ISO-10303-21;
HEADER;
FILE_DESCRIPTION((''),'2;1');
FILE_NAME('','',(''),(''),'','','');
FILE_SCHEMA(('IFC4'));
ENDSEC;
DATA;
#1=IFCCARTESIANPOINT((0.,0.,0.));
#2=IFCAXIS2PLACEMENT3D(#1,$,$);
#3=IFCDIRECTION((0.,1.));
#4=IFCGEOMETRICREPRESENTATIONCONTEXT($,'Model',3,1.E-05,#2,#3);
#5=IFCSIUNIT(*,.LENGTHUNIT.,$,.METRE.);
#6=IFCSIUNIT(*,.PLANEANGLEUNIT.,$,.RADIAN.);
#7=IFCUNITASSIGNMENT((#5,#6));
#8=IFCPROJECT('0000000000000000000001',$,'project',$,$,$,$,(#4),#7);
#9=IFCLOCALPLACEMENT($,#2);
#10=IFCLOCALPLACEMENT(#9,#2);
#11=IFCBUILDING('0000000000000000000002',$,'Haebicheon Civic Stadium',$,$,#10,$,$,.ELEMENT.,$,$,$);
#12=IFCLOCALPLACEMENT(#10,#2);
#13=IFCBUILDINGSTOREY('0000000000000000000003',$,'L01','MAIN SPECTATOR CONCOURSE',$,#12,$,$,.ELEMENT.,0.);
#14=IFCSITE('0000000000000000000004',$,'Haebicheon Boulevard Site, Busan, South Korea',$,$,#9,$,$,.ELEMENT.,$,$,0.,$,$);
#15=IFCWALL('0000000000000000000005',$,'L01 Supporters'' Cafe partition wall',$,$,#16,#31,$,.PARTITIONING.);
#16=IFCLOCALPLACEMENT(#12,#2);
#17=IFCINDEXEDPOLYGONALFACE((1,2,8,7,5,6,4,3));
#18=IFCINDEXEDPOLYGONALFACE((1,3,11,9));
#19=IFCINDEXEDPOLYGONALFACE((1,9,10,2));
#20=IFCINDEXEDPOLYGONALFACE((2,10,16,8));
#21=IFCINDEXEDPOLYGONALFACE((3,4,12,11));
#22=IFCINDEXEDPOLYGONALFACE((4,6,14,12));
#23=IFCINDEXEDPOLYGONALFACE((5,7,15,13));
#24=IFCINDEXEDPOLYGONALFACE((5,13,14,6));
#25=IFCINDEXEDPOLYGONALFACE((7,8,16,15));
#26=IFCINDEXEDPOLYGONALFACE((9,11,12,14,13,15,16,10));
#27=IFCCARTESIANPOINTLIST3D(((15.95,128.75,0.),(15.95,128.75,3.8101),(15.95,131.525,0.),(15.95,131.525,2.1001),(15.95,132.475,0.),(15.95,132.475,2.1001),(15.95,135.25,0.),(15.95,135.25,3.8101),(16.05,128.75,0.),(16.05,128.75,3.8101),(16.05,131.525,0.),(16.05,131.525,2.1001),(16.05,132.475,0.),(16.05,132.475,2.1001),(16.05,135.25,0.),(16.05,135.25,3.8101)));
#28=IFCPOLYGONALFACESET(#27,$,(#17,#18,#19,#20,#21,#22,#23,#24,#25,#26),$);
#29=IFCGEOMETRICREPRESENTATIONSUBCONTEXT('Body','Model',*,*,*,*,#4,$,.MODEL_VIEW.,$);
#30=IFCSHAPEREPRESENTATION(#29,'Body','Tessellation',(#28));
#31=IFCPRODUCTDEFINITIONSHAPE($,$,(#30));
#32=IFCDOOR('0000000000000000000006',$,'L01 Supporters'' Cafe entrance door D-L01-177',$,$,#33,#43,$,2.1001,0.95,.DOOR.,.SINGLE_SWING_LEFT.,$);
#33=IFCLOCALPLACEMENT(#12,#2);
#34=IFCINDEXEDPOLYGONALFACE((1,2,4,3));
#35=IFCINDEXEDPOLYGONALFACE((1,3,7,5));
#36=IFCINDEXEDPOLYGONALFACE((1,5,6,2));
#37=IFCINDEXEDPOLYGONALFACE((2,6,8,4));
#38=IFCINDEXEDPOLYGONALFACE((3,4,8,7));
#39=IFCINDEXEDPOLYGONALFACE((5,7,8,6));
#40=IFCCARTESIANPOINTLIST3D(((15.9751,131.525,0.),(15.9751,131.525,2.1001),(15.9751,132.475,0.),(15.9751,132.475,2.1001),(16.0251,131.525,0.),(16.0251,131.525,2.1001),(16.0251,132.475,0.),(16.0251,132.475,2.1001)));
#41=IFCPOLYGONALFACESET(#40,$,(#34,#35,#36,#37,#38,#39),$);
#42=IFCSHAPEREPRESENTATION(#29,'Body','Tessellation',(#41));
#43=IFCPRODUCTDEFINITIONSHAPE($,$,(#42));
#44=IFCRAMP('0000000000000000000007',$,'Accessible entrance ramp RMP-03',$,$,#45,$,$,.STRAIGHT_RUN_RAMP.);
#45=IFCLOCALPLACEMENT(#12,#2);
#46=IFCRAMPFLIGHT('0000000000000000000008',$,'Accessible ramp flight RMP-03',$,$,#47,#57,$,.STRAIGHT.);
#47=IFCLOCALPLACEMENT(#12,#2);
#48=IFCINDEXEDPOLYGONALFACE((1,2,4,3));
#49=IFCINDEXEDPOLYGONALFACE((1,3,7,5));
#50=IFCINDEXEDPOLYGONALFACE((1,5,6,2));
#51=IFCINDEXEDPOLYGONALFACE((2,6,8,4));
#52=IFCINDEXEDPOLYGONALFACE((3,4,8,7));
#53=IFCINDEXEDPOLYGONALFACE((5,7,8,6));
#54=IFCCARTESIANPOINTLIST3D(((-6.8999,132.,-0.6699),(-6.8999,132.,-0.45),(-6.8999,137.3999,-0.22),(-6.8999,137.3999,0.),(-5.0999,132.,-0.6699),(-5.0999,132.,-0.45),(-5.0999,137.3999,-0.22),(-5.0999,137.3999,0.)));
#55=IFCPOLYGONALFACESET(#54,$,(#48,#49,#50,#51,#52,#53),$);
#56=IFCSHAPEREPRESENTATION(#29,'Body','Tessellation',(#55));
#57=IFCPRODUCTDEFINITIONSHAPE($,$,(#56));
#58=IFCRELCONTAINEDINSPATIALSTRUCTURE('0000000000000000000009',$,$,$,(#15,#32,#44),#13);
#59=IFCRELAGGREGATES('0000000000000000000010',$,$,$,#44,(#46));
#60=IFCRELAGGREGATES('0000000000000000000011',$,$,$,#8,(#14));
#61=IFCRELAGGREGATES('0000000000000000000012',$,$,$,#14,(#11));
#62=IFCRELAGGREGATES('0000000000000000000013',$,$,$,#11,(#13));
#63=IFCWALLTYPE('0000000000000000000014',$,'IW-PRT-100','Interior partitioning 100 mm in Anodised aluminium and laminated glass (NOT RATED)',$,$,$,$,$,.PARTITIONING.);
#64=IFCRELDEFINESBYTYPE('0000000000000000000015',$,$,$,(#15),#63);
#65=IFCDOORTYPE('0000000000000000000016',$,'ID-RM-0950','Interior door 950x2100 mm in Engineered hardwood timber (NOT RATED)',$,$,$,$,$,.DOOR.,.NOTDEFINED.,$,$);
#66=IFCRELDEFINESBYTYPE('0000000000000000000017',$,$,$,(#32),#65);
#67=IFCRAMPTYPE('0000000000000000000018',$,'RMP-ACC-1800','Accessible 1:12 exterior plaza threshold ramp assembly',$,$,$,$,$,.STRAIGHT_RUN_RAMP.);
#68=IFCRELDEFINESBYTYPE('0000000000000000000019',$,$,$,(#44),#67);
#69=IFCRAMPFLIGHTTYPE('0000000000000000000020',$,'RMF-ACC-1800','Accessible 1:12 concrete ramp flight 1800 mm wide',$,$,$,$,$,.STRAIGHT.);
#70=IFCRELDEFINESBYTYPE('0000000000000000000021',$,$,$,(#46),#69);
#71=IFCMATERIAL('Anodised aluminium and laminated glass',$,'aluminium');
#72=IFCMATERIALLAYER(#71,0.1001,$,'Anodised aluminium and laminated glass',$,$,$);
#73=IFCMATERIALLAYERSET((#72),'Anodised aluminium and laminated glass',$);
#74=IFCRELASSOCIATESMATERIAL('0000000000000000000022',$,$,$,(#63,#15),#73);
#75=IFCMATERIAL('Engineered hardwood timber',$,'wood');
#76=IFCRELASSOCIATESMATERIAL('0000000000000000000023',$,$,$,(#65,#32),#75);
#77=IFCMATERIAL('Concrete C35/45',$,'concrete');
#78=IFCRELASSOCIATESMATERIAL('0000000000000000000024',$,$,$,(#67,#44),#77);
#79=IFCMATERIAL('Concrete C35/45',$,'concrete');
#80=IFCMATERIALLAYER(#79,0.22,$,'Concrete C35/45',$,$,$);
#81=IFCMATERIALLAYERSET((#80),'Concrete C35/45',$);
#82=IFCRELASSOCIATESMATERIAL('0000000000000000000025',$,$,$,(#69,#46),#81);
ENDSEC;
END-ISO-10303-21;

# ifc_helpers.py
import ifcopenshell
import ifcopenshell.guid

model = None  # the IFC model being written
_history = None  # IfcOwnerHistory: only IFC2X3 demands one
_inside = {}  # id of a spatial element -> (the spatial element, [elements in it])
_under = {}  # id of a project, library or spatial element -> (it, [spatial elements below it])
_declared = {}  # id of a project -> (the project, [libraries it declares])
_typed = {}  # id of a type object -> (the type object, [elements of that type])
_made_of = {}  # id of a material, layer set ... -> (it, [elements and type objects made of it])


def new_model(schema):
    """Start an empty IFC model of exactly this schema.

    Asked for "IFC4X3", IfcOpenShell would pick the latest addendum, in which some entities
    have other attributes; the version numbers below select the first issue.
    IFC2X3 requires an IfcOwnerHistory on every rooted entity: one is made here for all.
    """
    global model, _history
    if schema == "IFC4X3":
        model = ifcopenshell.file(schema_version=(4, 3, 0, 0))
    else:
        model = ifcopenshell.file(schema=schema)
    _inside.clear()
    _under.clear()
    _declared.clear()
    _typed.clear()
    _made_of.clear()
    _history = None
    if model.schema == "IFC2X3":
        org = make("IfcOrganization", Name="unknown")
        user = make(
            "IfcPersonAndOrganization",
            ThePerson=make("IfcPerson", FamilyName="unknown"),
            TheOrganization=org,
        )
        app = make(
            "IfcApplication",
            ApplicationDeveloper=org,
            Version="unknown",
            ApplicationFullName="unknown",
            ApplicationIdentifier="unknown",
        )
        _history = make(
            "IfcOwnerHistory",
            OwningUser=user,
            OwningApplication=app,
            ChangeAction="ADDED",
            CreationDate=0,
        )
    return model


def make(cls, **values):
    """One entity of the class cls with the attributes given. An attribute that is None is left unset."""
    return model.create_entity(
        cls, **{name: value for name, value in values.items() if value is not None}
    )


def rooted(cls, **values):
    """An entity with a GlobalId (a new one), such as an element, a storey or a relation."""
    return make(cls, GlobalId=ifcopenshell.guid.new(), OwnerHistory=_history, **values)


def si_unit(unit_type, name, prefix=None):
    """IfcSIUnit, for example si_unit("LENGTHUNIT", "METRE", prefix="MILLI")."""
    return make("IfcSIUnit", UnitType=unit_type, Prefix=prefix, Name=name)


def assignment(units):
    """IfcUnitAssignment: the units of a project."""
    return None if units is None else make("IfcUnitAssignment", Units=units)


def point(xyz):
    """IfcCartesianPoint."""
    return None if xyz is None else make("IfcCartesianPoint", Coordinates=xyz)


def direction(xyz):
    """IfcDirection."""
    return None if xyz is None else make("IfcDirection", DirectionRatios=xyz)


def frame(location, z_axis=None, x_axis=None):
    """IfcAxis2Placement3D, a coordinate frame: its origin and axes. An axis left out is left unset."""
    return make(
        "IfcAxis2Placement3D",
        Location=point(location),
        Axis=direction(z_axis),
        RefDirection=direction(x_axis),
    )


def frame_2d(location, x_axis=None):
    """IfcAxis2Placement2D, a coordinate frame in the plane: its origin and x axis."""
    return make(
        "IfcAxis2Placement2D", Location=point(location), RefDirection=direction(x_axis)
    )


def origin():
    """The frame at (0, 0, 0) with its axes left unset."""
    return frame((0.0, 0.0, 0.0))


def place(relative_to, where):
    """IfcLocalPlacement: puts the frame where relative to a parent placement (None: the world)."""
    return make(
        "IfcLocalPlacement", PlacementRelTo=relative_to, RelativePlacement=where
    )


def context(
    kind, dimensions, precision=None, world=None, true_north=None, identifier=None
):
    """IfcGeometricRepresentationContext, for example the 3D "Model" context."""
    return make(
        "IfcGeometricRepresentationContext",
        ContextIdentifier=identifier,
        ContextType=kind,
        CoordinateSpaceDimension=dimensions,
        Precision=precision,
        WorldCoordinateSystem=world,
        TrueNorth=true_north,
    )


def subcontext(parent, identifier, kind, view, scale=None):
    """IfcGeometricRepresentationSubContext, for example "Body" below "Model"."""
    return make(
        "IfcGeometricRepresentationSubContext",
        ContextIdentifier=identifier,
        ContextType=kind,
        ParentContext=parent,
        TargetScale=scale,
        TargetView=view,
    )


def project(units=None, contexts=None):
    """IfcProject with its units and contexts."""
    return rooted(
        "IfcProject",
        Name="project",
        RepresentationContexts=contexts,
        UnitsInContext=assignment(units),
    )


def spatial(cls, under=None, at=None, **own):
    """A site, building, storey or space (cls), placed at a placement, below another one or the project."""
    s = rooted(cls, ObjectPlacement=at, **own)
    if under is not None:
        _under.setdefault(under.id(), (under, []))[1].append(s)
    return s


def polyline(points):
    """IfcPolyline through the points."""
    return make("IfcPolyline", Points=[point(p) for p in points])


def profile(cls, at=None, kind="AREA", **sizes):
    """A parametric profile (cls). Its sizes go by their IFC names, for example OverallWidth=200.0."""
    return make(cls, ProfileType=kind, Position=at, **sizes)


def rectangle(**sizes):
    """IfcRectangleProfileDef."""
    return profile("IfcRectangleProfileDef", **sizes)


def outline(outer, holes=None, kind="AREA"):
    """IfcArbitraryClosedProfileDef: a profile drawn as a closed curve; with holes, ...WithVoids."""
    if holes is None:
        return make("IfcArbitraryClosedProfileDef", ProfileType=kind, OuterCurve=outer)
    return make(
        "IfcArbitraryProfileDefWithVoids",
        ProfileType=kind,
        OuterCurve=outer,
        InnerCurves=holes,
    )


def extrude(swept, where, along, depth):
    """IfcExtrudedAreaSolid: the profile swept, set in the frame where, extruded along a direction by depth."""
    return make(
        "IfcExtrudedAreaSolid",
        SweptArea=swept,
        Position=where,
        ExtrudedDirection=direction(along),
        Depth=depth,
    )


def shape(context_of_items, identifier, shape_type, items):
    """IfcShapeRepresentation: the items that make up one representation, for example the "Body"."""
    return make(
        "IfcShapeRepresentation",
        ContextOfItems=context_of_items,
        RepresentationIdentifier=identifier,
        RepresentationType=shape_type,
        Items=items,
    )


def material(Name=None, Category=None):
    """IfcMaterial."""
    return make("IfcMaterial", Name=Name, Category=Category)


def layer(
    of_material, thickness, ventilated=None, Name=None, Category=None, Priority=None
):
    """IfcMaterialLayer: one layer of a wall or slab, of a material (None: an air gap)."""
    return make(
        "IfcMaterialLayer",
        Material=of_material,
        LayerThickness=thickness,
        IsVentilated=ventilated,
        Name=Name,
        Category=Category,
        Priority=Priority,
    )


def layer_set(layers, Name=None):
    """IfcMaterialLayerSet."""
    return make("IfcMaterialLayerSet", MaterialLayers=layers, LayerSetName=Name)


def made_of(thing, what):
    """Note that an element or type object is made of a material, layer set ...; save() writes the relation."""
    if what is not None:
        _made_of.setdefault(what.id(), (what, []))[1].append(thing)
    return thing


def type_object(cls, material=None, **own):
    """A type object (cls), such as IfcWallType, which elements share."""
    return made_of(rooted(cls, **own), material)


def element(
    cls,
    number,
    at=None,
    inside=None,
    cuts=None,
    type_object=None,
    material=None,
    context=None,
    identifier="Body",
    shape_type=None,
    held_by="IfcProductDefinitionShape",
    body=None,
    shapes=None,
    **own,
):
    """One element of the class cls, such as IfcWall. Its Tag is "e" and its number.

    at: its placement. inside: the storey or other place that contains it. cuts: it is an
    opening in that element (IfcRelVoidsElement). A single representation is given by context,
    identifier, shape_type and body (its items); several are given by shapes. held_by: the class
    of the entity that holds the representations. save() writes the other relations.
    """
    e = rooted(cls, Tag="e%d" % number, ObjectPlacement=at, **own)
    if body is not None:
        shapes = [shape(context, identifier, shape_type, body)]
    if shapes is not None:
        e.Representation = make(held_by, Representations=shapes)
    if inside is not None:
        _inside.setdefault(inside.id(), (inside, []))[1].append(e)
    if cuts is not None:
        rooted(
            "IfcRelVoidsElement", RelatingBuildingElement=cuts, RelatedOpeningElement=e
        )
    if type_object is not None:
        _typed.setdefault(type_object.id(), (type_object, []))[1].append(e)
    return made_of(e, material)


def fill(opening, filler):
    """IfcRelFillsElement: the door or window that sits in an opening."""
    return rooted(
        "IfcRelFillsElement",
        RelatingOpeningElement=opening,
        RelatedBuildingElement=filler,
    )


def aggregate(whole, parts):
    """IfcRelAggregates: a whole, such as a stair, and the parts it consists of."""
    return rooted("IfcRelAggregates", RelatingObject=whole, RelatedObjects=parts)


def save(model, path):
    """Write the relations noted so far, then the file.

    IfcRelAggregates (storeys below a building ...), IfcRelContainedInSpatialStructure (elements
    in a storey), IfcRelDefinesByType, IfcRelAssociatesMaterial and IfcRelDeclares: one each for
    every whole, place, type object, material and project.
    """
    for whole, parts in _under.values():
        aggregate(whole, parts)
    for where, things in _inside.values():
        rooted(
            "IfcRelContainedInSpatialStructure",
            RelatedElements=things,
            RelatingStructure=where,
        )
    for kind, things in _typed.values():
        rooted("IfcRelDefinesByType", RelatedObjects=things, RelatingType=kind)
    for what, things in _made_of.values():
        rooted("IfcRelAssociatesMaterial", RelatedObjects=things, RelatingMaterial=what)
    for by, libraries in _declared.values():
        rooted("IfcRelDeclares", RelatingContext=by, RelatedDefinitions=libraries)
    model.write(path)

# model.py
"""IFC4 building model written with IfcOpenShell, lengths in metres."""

from ifc_helpers import new_model, si_unit, direction, frame, frame_2d, origin, place, context, subcontext, project, spatial, polyline, rectangle, outline, extrude, material, layer, layer_set, type_object, element, fill, aggregate, save


model = new_model("IFC4")

# Units and contexts
model_context = context("Model", 3, precision=1e-05, world=origin(), true_north=direction((0.0, 1.0)))
body_context = subcontext(model_context, "Body", "Model", "MODEL_VIEW")
ifc_project = project(units=[si_unit("LENGTHUNIT", "METRE"), si_unit("PLANEANGLEUNIT", "RADIAN")], contexts=[model_context])

# Site, building, storey
site_placement = place(None, origin())
site = spatial("IfcSite", under=ifc_project, at=site_placement, Name="Haebicheon Boulevard Site, Busan, South Korea", CompositionType="ELEMENT", RefElevation=0.0)
building_placement = place(site_placement, origin())
building = spatial("IfcBuilding", under=site, at=building_placement, Name="Haebicheon Civic Stadium", CompositionType="ELEMENT")
storey_placement = place(building_placement, origin())
storey = spatial("IfcBuildingStorey", under=building, at=storey_placement, Name="L01", Description="MAIN SPECTATOR CONCOURSE", CompositionType="ELEMENT", Elevation=0.0)

# Wall, opening, door
ifc_material_1 = material(Name="Anodised aluminium and laminated glass", Category="aluminium")
ifc_layer_1 = layer(ifc_material_1, 0.1001, Name="Anodised aluminium and laminated glass")
ifc_layer_set_1 = layer_set([ifc_layer_1], Name="Anodised aluminium and laminated glass")
wall_type_1 = type_object("IfcWallType", Name="IW-PRT-100", Description="Interior partitioning 100 mm in Anodised aluminium and laminated glass (NOT RATED)", PredefinedType="PARTITIONING", material=ifc_layer_set_1)
wall_1_placement = place(storey_placement, frame((16.0, 128.75, 0.0), z_axis=(0.0, 0.0, 1.0), x_axis=(0.0, 1.0, 0.0)))
wall_1 = element("IfcWall", 1, at=wall_1_placement, inside=storey, type_object=wall_type_1, material=ifc_layer_set_1, Name="L01 Supporters' Cafe partition wall", PredefinedType="PARTITIONING", context=body_context, shape_type="SweptSolid", body=[
    extrude(rectangle(XDim=6.5, YDim=0.1001, at=frame_2d((3.25, 0.0))), origin(), (0.0, 0.0, 1.0), 3.8101),
])
opening_1_placement = place(wall_1_placement, frame((2.7749, 0.0, 0.0)))
opening_1 = element("IfcOpeningElement", 2, at=opening_1_placement, cuts=wall_1, PredefinedType="OPENING", context=body_context, shape_type="SweptSolid", body=[
    extrude(rectangle(XDim=0.95, YDim=2.1001, at=frame_2d((0.4751, 1.05))), frame((0.0, 0.0601, 0.0), z_axis=(0.0, -1.0, 0.0), x_axis=(1.0, 0.0, 0.0)), (0.0, 0.0, 1.0), 0.1201),
])
ifc_material_2 = material(Name="Engineered hardwood timber", Category="wood")
door_type_1 = type_object("IfcDoorType", Name="ID-RM-0950", Description="Interior door 950x2100 mm in Engineered hardwood timber (NOT RATED)", OperationType="NOTDEFINED", PredefinedType="DOOR", material=ifc_material_2)
door_1_placement = place(opening_1_placement, origin())
door_1 = element("IfcDoor", 3, at=door_1_placement, inside=storey, type_object=door_type_1, material=ifc_material_2, Name="L01 Supporters' Cafe entrance door D-L01-177", OperationType="SINGLE_SWING_LEFT", OverallHeight=2.1001, OverallWidth=0.95, PredefinedType="DOOR", context=body_context, shape_type="SweptSolid", body=[
    extrude(rectangle(XDim=0.95, YDim=2.1001, at=frame_2d((0.4751, 1.05))), frame((0.0, 0.0249, 0.0), z_axis=(0.0, -1.0, 0.0), x_axis=(1.0, 0.0, 0.0)), (0.0, 0.0, 1.0), 0.05),
])
fill(opening_1, door_1)

# Ramp, ramp flight
ifc_material_3 = material(Name="Concrete C35/45", Category="concrete")
ramp_type = type_object("IfcRampType", Name="RMP-ACC-1800", Description="Accessible 1:12 exterior plaza threshold ramp assembly", PredefinedType="STRAIGHT_RUN_RAMP", material=ifc_material_3)
ramp_placement = place(storey_placement, origin())
ramp = element("IfcRamp", 4, at=ramp_placement, inside=storey, type_object=ramp_type, material=ifc_material_3, Name="Accessible entrance ramp RMP-03", PredefinedType="STRAIGHT_RUN_RAMP")
ifc_material_4 = material(Name="Concrete C35/45", Category="concrete")
ifc_layer_2 = layer(ifc_material_4, 0.22, Name="Concrete C35/45")
ifc_layer_set_2 = layer_set([ifc_layer_2], Name="Concrete C35/45")
ramp_flight_type = type_object("IfcRampFlightType", Name="RMF-ACC-1800", Description="Accessible 1:12 concrete ramp flight 1800 mm wide", PredefinedType="STRAIGHT", material=ifc_layer_set_2)
ramp_flight_placement = place(storey_placement, frame((-6.0, 132.0, -0.45), z_axis=(0.0, 0.0, 1.0), x_axis=(0.0, 1.0, 0.0)))
ramp_flight = element("IfcRampFlight", 5, at=ramp_flight_placement, type_object=ramp_flight_type, material=ifc_layer_set_2, Name="Accessible ramp flight RMP-03", PredefinedType="STRAIGHT", context=body_context, shape_type="SweptSolid", body=[
    extrude(outline(polyline([(0.0, 0.0), (5.3999, 0.45), (5.3999, 0.23), (0.0, -0.22), (0.0, 0.0)])), frame((0.0, 0.8999, 0.0), z_axis=(0.0, -1.0, 0.0), x_axis=(1.0, 0.0, 0.0)), (0.0, 0.0, 1.0), 1.8),
])
aggregate(ramp, [ramp_flight])

save(model, "model.ifc")
